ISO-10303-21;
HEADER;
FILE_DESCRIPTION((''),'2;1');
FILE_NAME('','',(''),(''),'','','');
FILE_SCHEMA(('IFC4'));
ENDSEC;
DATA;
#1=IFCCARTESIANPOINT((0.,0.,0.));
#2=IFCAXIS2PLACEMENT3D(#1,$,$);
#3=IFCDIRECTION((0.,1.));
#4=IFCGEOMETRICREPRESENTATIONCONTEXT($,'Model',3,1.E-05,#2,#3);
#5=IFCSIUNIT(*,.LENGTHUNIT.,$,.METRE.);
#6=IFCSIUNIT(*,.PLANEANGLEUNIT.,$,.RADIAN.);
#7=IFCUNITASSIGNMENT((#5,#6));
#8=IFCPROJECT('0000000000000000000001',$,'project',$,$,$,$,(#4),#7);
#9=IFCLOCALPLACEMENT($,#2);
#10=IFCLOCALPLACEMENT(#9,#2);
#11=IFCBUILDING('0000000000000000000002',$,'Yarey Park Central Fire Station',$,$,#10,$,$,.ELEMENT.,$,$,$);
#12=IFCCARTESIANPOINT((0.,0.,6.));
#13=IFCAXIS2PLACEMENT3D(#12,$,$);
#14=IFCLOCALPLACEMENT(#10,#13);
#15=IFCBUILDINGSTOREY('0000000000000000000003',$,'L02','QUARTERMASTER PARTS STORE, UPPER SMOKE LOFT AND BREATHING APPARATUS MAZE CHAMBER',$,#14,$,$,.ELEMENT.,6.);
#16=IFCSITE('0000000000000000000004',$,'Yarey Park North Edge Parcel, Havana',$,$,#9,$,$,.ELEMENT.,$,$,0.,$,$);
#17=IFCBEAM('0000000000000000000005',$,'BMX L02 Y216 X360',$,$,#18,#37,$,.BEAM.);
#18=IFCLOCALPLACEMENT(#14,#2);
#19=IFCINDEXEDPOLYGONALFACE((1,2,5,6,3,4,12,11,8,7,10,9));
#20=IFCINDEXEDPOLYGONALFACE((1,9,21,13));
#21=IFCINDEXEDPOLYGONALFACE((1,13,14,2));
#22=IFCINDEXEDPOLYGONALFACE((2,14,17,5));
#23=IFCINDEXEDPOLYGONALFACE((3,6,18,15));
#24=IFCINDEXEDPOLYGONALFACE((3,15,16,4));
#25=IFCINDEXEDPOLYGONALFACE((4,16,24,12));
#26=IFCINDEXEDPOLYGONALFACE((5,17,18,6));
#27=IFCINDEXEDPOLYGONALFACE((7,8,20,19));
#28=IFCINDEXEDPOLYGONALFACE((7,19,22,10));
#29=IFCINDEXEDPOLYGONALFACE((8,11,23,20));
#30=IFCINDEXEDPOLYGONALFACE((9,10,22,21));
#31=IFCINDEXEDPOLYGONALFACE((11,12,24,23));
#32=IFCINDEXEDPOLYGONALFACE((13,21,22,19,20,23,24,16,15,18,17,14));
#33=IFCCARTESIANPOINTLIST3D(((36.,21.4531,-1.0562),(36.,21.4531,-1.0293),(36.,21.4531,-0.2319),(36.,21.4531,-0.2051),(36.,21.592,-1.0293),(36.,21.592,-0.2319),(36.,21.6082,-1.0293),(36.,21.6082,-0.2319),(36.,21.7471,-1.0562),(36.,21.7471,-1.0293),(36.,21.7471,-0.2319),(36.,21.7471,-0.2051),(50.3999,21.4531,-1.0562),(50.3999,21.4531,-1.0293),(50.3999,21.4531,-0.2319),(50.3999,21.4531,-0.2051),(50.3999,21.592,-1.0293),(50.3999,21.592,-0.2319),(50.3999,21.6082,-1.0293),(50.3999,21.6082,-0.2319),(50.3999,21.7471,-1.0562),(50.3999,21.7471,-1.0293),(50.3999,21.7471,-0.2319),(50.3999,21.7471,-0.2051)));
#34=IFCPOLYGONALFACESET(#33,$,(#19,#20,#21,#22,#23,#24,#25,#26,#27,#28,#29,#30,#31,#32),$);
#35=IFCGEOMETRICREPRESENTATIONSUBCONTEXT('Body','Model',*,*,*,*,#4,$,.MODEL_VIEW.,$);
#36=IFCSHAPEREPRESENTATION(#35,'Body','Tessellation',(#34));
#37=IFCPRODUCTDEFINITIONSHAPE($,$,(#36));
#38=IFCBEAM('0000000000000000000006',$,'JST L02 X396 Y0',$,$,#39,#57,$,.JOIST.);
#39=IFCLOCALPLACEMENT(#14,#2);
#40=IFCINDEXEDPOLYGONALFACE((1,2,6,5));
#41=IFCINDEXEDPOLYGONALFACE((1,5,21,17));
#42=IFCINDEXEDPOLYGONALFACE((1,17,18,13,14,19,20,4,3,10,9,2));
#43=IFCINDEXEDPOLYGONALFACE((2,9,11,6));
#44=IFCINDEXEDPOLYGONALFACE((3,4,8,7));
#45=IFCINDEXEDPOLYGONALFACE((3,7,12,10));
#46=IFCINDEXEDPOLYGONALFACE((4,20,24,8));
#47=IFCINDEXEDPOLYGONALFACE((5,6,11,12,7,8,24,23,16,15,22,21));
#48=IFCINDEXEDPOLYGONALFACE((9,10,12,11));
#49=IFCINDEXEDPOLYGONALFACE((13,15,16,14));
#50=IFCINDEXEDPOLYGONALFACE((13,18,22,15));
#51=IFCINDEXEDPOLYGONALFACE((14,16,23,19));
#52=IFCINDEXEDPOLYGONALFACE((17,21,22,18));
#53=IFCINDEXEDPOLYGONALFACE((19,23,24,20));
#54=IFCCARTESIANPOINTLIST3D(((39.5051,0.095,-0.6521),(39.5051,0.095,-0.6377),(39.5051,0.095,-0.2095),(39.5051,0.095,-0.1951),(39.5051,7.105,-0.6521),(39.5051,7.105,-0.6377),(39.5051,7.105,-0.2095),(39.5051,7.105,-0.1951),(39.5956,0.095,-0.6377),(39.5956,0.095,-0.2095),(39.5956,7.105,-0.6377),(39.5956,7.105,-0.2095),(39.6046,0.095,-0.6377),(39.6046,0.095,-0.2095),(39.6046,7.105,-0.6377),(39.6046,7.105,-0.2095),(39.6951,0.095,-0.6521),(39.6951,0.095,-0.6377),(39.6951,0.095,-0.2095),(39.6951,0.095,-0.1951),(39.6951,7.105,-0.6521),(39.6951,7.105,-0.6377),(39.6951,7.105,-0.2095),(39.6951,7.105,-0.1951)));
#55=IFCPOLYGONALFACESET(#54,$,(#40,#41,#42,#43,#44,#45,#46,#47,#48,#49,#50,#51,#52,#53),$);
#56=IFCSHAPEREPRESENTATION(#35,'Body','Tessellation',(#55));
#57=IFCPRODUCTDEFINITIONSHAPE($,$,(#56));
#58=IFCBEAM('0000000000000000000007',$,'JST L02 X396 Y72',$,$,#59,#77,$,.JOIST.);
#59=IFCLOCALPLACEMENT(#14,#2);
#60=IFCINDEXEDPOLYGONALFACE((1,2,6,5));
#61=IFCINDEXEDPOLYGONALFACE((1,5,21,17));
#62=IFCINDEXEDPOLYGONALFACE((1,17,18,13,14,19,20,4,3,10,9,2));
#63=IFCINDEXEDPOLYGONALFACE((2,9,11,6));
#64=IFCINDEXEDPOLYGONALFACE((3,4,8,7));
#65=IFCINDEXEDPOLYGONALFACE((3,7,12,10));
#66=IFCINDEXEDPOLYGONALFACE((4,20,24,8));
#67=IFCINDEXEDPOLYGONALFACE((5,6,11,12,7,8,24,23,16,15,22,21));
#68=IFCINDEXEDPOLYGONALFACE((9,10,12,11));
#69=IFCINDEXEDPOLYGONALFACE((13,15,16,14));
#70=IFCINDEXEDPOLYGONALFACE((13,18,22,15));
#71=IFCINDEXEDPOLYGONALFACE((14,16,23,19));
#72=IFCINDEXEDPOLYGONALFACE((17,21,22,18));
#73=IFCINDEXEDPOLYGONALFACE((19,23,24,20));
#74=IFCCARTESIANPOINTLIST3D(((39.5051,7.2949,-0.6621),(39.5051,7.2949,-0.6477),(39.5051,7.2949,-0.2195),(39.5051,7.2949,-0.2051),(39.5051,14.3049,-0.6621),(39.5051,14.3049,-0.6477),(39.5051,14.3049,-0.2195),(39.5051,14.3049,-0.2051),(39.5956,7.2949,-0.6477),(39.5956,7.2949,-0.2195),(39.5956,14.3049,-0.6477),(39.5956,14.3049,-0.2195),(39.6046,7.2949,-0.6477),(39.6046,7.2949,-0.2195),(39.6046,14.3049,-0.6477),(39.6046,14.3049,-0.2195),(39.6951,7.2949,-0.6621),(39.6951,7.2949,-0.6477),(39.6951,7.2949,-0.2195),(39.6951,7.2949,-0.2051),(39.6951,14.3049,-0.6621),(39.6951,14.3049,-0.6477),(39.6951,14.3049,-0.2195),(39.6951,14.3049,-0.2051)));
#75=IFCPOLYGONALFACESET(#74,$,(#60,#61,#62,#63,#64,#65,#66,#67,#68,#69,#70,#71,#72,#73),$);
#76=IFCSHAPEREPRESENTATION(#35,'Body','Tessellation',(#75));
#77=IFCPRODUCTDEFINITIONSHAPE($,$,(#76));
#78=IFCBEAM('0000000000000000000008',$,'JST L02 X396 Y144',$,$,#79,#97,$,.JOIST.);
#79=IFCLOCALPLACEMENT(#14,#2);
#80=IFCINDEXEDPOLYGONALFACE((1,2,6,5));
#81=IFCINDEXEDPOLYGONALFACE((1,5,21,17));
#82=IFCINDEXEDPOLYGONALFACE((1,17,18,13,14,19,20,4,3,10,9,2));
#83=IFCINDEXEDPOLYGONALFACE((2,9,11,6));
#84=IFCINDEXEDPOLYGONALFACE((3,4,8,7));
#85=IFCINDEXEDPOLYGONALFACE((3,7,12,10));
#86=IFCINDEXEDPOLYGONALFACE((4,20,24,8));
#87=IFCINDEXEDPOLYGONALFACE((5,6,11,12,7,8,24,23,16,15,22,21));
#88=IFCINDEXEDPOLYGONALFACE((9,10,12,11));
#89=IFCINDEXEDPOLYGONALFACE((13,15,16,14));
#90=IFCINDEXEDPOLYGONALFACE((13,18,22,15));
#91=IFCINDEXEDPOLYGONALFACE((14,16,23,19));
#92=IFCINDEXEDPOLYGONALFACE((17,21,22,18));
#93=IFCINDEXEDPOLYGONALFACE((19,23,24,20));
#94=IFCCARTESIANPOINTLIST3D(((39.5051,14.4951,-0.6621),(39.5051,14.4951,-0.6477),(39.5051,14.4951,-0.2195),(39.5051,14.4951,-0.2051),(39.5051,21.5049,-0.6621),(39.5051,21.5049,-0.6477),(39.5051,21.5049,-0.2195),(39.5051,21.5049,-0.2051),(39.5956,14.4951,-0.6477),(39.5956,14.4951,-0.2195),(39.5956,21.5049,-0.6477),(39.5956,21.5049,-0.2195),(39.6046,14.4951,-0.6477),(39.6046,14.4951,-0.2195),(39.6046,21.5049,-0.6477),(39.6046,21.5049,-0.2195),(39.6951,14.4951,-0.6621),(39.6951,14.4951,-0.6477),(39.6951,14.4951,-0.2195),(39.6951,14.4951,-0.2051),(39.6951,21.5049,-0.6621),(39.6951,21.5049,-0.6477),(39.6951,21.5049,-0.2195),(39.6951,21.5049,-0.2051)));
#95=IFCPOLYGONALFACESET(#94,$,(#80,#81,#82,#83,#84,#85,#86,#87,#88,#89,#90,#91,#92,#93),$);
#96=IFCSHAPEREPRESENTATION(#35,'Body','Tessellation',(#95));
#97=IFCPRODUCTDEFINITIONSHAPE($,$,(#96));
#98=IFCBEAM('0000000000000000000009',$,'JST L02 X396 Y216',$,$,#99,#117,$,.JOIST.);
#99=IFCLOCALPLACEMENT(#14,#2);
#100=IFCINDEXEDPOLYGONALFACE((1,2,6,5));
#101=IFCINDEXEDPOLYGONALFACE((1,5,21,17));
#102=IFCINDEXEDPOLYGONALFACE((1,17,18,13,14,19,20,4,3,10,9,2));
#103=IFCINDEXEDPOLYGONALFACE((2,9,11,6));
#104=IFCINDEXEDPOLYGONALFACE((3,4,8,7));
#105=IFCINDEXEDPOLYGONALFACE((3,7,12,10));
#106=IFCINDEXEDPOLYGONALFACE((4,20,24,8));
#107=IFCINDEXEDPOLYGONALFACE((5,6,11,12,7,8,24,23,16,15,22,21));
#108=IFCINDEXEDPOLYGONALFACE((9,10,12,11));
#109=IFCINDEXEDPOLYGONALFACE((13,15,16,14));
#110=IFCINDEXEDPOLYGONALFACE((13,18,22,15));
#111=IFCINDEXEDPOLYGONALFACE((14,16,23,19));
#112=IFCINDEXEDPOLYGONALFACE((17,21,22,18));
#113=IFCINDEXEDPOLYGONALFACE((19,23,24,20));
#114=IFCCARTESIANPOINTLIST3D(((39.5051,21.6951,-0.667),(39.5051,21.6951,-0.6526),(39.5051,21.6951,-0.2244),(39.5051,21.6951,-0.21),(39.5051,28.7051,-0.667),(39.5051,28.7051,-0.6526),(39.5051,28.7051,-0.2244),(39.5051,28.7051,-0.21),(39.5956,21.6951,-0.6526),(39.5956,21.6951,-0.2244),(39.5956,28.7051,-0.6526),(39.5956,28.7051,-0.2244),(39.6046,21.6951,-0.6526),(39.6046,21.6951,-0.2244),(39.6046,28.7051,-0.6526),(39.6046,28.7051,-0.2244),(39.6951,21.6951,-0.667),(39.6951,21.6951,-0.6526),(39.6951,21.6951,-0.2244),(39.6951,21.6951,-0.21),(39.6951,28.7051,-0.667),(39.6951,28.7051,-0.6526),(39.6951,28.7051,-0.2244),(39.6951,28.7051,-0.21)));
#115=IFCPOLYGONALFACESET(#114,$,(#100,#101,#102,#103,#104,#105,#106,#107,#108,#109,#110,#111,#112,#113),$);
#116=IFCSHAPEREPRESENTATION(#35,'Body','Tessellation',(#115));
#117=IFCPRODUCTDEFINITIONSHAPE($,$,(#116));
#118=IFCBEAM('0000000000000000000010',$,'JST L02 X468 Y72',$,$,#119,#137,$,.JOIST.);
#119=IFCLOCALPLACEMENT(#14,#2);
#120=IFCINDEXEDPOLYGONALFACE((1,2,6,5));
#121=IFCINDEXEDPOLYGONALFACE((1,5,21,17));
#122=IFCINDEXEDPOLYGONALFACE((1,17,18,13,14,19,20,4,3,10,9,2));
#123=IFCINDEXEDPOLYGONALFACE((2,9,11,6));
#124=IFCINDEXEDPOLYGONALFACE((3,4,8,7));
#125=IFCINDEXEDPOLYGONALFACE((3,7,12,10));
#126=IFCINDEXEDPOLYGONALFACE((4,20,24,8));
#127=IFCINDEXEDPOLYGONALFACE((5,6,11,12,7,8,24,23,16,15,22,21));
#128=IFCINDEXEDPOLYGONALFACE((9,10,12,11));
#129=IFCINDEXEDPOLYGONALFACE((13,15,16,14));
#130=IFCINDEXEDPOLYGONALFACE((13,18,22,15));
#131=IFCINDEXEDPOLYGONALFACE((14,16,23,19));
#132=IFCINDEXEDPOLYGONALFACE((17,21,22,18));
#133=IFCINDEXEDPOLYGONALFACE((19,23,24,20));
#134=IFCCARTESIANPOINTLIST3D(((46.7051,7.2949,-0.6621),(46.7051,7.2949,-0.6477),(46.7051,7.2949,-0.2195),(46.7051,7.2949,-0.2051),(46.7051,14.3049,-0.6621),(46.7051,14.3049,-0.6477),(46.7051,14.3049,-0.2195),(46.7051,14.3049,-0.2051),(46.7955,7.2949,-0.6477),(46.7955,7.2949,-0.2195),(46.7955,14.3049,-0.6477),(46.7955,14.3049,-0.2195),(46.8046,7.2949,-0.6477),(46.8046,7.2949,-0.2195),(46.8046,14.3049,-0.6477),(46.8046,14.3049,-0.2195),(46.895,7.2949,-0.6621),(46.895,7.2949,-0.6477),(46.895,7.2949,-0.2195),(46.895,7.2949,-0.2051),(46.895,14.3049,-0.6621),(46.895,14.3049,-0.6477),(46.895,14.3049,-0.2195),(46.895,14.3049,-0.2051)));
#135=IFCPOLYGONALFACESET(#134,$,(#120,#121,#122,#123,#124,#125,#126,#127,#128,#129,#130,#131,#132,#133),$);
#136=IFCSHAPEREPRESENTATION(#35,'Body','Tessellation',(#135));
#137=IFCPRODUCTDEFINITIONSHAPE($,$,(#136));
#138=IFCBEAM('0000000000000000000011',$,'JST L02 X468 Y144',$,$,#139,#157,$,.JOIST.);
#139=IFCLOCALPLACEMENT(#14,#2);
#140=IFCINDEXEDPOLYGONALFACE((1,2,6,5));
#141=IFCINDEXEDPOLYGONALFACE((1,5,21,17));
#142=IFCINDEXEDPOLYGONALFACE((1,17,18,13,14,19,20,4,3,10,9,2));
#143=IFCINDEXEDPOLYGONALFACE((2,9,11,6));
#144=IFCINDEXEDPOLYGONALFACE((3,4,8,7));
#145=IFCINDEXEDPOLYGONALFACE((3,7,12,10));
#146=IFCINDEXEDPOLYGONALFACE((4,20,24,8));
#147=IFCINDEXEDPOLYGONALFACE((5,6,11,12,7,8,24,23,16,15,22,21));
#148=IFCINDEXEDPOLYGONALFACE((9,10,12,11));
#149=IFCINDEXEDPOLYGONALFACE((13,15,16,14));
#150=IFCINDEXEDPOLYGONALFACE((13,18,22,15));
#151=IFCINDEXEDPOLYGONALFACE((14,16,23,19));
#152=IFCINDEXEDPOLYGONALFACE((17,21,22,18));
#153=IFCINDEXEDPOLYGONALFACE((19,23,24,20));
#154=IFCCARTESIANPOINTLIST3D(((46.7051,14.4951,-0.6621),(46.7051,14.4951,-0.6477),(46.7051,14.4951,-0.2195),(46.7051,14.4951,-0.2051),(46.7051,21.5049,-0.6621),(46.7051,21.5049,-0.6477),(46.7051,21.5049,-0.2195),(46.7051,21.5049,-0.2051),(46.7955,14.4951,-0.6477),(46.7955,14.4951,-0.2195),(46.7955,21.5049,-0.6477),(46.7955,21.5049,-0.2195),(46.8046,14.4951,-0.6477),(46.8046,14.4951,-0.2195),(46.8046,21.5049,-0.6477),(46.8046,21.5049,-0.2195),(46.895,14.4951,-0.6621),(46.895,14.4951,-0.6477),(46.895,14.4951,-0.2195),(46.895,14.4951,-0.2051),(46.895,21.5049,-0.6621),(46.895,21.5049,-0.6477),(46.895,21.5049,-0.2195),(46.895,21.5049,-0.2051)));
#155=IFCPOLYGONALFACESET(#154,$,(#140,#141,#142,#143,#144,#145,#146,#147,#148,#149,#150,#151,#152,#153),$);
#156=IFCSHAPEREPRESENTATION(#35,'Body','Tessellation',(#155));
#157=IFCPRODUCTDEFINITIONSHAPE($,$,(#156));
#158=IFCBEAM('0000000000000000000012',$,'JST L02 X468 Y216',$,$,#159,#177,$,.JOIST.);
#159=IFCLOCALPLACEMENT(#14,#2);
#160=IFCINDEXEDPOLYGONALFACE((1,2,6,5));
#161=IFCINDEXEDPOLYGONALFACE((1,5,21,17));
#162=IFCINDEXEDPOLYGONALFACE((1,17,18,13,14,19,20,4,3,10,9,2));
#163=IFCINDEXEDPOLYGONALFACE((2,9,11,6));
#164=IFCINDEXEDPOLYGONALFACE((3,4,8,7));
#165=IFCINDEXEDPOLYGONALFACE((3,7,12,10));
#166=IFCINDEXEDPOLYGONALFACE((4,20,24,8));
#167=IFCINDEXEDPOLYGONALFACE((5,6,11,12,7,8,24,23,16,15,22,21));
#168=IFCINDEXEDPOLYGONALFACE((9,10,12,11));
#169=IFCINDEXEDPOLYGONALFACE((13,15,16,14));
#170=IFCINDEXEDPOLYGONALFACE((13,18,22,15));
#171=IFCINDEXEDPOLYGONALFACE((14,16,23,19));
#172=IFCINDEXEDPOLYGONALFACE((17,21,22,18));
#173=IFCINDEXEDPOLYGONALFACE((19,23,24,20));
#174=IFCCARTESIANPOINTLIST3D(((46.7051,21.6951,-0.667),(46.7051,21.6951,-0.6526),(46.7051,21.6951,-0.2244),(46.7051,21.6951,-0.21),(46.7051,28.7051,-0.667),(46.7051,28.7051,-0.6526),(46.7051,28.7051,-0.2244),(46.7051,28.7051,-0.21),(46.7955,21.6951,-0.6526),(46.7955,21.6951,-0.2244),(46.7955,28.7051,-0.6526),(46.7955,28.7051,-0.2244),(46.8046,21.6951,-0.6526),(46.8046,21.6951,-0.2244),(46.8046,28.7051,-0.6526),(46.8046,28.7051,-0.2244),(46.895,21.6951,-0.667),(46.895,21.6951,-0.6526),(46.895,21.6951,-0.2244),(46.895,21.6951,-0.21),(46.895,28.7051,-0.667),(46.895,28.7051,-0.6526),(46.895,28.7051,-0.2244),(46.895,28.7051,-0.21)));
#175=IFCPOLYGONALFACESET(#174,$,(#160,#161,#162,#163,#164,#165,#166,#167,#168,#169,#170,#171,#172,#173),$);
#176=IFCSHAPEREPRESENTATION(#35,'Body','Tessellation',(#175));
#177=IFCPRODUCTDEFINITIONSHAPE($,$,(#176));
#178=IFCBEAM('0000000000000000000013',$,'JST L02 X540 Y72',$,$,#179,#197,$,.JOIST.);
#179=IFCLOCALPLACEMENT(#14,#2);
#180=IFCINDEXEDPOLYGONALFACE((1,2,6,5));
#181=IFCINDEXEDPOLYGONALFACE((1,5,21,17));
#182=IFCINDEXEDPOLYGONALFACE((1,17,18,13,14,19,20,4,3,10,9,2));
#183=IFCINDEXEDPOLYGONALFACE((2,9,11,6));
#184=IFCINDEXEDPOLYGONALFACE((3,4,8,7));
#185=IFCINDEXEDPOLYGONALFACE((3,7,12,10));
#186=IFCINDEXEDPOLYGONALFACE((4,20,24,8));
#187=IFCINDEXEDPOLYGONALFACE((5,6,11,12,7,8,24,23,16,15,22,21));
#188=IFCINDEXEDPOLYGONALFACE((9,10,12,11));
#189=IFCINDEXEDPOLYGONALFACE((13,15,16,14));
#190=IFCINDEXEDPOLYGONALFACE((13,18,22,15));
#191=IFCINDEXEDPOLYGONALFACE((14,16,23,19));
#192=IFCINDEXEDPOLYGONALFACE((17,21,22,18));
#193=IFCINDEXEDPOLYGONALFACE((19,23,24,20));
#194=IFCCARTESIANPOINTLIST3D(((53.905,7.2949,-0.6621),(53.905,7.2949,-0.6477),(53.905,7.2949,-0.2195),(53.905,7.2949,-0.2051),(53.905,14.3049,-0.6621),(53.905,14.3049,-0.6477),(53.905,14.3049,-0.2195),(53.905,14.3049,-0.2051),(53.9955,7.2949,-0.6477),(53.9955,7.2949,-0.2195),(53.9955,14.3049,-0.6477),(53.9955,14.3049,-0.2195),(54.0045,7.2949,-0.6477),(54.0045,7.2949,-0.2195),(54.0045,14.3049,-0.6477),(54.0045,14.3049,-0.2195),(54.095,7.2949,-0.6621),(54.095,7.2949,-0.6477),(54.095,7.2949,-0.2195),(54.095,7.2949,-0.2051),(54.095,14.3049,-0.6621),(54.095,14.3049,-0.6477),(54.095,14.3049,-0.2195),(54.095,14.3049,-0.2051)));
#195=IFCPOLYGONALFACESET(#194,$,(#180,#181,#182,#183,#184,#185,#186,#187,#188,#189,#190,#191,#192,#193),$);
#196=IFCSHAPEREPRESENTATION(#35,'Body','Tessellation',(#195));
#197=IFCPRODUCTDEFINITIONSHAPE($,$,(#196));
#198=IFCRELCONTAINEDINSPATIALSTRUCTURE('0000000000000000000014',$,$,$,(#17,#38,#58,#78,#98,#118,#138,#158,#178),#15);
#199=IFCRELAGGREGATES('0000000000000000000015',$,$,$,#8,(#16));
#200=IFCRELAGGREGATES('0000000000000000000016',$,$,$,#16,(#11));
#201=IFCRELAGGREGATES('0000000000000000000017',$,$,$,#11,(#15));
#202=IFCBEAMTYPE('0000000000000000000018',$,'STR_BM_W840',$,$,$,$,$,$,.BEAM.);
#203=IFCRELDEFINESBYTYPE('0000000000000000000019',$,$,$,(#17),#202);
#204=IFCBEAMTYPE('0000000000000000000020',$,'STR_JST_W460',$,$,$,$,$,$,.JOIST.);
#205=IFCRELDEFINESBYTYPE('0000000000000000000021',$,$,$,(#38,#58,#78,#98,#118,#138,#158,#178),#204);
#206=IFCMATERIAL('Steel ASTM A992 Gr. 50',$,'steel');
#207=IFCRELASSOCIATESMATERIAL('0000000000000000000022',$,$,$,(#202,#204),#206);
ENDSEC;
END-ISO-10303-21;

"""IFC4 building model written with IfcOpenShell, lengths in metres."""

from ifc_helpers import new_model, si_unit, direction, frame, origin, origin_2d, place, context, subcontext, project, spatial, i_section, extrude, material, material_profile, profile_set, type_object, element, save


model = new_model("IFC4")

# Units and contexts
model_context = context("Model", 3, precision=1e-05, world=origin(), true_north=direction((0.0, 1.0)))
body_context = subcontext(model_context, "Body", "Model", "MODEL_VIEW")
ifc_project = project(units=[si_unit("LENGTHUNIT", "METRE"), si_unit("PLANEANGLEUNIT", "RADIAN")], contexts=[model_context])

# Site, building, storey
site_placement = place(None, origin())
site = spatial("IfcSite", under=ifc_project, at=site_placement, Name="Yarey Park North Edge Parcel, Havana", CompositionType="ELEMENT", RefElevation=0.0)
building_placement = place(site_placement, origin())
building = spatial("IfcBuilding", under=site, at=building_placement, Name="Yarey Park Central Fire Station", CompositionType="ELEMENT")
storey_placement = place(building_placement, frame((0.0, 0.0, 6.0)))
storey = spatial("IfcBuildingStorey", under=building, at=storey_placement, Name="L02", Description="QUARTERMASTER PARTS STORE, UPPER SMOKE LOFT AND BREATHING APPARATUS MAZE CHAMBER", CompositionType="ELEMENT", Elevation=6.0)

# Shared definitions
ifc_material_1 = material(Name="Steel ASTM A992 Gr. 50", Category="steel")

# Beams
ifc_material_profile_1 = material_profile(ifc_material_1, i_section(OverallWidth=0.2939, OverallDepth=0.8511, WebThickness=0.0161, FlangeThickness=0.0269, at=origin_2d()), Name="W840x226")
ifc_profile_set_1 = profile_set([ifc_material_profile_1], Name="Steel ASTM A992 Gr. 50")
beam_type_1 = type_object("IfcBeamType", Name="STR_BM_W840", PredefinedType="BEAM", material=ifc_profile_set_1)
beam_1_placement = place(storey_placement, frame((36.0, 21.6001, -0.6306), z_axis=(1.0, 0.0, 0.0), x_axis=(0.0, 1.0, 0.0)))
element("IfcBeam", 1, at=beam_1_placement, inside=storey, type_object=beam_type_1, Name="BMX L02 Y216 X360", PredefinedType="BEAM", context=body_context, shape_type="SweptSolid", body=[
    extrude(i_section(OverallWidth=0.2939, OverallDepth=0.8511, WebThickness=0.0161, FlangeThickness=0.0269, at=origin_2d()), origin(), (0.0, 0.0, 1.0), 14.3999),
])
ifc_material_profile_2 = material_profile(ifc_material_1, i_section(OverallWidth=0.1899, OverallDepth=0.457, WebThickness=0.009, FlangeThickness=0.0144, at=origin_2d()), Name="W460x74")
ifc_profile_set_2 = profile_set([ifc_material_profile_2], Name="Steel ASTM A992 Gr. 50")
beam_type_2 = type_object("IfcBeamType", Name="STR_JST_W460", PredefinedType="JOIST", material=ifc_profile_set_2)
for number, where, z_axis, x_axis, name in (
    (2, (39.6001, 0.095, -0.4236), (0.0, 1.0, 0.0), (-1.0, 0.0, 0.0), "JST L02 X396 Y0"),
    (3, (39.6001, 7.2949, -0.4336), (0.0, 1.0, 0.0), (-1.0, 0.0, 0.0), "JST L02 X396 Y72"),
):
    element("IfcBeam", number, at=place(storey_placement, frame(where, z_axis=z_axis, x_axis=x_axis)), inside=storey, type_object=beam_type_2, Name=name, PredefinedType="JOIST", context=body_context, shape_type="SweptSolid", body=[
        extrude(i_section(OverallWidth=0.1899, OverallDepth=0.457, WebThickness=0.009, FlangeThickness=0.0144, at=origin_2d()), origin(), (0.0, 0.0, 1.0), 7.01),
    ])
beam_2_placement = place(storey_placement, frame((39.6001, 14.4951, -0.4336), z_axis=(0.0, 1.0, 0.0), x_axis=(-1.0, 0.0, 0.0)))
element("IfcBeam", 4, at=beam_2_placement, inside=storey, type_object=beam_type_2, Name="JST L02 X396 Y144", PredefinedType="JOIST", context=body_context, shape_type="SweptSolid", body=[
    extrude(i_section(OverallWidth=0.1899, OverallDepth=0.457, WebThickness=0.009, FlangeThickness=0.0144, at=origin_2d()), origin(), (0.0, 0.0, 1.0), 7.0098),
])
for number, where, z_axis, x_axis, name in (
    (5, (39.6001, 21.6951, -0.4385), (0.0, 1.0, 0.0), (-1.0, 0.0, 0.0), "JST L02 X396 Y216"),
    (6, (46.8, 7.2949, -0.4336), (0.0, 1.0, 0.0), (-1.0, 0.0, 0.0), "JST L02 X468 Y72"),
):
    element("IfcBeam", number, at=place(storey_placement, frame(where, z_axis=z_axis, x_axis=x_axis)), inside=storey, type_object=beam_type_2, Name=name, PredefinedType="JOIST", context=body_context, shape_type="SweptSolid", body=[
        extrude(i_section(OverallWidth=0.1899, OverallDepth=0.457, WebThickness=0.009, FlangeThickness=0.0144, at=origin_2d()), origin(), (0.0, 0.0, 1.0), 7.01),
    ])
beam_3_placement = place(storey_placement, frame((46.8, 14.4951, -0.4336), z_axis=(0.0, 1.0, 0.0), x_axis=(-1.0, 0.0, 0.0)))
element("IfcBeam", 7, at=beam_3_placement, inside=storey, type_object=beam_type_2, Name="JST L02 X468 Y144", PredefinedType="JOIST", context=body_context, shape_type="SweptSolid", body=[
    extrude(i_section(OverallWidth=0.1899, OverallDepth=0.457, WebThickness=0.009, FlangeThickness=0.0144, at=origin_2d()), origin(), (0.0, 0.0, 1.0), 7.0098),
])
for number, where, z_axis, x_axis, name in (
    (8, (46.8, 21.6951, -0.4385), (0.0, 1.0, 0.0), (-1.0, 0.0, 0.0), "JST L02 X468 Y216"),
    (9, (54.0, 7.2949, -0.4336), (0.0, 1.0, 0.0), (-1.0, 0.0, 0.0), "JST L02 X540 Y72"),
):
    element("IfcBeam", number, at=place(storey_placement, frame(where, z_axis=z_axis, x_axis=x_axis)), inside=storey, type_object=beam_type_2, Name=name, PredefinedType="JOIST", context=body_context, shape_type="SweptSolid", body=[
        extrude(i_section(OverallWidth=0.1899, OverallDepth=0.457, WebThickness=0.009, FlangeThickness=0.0144, at=origin_2d()), origin(), (0.0, 0.0, 1.0), 7.01),
    ])

save(model, "model.ifc")
